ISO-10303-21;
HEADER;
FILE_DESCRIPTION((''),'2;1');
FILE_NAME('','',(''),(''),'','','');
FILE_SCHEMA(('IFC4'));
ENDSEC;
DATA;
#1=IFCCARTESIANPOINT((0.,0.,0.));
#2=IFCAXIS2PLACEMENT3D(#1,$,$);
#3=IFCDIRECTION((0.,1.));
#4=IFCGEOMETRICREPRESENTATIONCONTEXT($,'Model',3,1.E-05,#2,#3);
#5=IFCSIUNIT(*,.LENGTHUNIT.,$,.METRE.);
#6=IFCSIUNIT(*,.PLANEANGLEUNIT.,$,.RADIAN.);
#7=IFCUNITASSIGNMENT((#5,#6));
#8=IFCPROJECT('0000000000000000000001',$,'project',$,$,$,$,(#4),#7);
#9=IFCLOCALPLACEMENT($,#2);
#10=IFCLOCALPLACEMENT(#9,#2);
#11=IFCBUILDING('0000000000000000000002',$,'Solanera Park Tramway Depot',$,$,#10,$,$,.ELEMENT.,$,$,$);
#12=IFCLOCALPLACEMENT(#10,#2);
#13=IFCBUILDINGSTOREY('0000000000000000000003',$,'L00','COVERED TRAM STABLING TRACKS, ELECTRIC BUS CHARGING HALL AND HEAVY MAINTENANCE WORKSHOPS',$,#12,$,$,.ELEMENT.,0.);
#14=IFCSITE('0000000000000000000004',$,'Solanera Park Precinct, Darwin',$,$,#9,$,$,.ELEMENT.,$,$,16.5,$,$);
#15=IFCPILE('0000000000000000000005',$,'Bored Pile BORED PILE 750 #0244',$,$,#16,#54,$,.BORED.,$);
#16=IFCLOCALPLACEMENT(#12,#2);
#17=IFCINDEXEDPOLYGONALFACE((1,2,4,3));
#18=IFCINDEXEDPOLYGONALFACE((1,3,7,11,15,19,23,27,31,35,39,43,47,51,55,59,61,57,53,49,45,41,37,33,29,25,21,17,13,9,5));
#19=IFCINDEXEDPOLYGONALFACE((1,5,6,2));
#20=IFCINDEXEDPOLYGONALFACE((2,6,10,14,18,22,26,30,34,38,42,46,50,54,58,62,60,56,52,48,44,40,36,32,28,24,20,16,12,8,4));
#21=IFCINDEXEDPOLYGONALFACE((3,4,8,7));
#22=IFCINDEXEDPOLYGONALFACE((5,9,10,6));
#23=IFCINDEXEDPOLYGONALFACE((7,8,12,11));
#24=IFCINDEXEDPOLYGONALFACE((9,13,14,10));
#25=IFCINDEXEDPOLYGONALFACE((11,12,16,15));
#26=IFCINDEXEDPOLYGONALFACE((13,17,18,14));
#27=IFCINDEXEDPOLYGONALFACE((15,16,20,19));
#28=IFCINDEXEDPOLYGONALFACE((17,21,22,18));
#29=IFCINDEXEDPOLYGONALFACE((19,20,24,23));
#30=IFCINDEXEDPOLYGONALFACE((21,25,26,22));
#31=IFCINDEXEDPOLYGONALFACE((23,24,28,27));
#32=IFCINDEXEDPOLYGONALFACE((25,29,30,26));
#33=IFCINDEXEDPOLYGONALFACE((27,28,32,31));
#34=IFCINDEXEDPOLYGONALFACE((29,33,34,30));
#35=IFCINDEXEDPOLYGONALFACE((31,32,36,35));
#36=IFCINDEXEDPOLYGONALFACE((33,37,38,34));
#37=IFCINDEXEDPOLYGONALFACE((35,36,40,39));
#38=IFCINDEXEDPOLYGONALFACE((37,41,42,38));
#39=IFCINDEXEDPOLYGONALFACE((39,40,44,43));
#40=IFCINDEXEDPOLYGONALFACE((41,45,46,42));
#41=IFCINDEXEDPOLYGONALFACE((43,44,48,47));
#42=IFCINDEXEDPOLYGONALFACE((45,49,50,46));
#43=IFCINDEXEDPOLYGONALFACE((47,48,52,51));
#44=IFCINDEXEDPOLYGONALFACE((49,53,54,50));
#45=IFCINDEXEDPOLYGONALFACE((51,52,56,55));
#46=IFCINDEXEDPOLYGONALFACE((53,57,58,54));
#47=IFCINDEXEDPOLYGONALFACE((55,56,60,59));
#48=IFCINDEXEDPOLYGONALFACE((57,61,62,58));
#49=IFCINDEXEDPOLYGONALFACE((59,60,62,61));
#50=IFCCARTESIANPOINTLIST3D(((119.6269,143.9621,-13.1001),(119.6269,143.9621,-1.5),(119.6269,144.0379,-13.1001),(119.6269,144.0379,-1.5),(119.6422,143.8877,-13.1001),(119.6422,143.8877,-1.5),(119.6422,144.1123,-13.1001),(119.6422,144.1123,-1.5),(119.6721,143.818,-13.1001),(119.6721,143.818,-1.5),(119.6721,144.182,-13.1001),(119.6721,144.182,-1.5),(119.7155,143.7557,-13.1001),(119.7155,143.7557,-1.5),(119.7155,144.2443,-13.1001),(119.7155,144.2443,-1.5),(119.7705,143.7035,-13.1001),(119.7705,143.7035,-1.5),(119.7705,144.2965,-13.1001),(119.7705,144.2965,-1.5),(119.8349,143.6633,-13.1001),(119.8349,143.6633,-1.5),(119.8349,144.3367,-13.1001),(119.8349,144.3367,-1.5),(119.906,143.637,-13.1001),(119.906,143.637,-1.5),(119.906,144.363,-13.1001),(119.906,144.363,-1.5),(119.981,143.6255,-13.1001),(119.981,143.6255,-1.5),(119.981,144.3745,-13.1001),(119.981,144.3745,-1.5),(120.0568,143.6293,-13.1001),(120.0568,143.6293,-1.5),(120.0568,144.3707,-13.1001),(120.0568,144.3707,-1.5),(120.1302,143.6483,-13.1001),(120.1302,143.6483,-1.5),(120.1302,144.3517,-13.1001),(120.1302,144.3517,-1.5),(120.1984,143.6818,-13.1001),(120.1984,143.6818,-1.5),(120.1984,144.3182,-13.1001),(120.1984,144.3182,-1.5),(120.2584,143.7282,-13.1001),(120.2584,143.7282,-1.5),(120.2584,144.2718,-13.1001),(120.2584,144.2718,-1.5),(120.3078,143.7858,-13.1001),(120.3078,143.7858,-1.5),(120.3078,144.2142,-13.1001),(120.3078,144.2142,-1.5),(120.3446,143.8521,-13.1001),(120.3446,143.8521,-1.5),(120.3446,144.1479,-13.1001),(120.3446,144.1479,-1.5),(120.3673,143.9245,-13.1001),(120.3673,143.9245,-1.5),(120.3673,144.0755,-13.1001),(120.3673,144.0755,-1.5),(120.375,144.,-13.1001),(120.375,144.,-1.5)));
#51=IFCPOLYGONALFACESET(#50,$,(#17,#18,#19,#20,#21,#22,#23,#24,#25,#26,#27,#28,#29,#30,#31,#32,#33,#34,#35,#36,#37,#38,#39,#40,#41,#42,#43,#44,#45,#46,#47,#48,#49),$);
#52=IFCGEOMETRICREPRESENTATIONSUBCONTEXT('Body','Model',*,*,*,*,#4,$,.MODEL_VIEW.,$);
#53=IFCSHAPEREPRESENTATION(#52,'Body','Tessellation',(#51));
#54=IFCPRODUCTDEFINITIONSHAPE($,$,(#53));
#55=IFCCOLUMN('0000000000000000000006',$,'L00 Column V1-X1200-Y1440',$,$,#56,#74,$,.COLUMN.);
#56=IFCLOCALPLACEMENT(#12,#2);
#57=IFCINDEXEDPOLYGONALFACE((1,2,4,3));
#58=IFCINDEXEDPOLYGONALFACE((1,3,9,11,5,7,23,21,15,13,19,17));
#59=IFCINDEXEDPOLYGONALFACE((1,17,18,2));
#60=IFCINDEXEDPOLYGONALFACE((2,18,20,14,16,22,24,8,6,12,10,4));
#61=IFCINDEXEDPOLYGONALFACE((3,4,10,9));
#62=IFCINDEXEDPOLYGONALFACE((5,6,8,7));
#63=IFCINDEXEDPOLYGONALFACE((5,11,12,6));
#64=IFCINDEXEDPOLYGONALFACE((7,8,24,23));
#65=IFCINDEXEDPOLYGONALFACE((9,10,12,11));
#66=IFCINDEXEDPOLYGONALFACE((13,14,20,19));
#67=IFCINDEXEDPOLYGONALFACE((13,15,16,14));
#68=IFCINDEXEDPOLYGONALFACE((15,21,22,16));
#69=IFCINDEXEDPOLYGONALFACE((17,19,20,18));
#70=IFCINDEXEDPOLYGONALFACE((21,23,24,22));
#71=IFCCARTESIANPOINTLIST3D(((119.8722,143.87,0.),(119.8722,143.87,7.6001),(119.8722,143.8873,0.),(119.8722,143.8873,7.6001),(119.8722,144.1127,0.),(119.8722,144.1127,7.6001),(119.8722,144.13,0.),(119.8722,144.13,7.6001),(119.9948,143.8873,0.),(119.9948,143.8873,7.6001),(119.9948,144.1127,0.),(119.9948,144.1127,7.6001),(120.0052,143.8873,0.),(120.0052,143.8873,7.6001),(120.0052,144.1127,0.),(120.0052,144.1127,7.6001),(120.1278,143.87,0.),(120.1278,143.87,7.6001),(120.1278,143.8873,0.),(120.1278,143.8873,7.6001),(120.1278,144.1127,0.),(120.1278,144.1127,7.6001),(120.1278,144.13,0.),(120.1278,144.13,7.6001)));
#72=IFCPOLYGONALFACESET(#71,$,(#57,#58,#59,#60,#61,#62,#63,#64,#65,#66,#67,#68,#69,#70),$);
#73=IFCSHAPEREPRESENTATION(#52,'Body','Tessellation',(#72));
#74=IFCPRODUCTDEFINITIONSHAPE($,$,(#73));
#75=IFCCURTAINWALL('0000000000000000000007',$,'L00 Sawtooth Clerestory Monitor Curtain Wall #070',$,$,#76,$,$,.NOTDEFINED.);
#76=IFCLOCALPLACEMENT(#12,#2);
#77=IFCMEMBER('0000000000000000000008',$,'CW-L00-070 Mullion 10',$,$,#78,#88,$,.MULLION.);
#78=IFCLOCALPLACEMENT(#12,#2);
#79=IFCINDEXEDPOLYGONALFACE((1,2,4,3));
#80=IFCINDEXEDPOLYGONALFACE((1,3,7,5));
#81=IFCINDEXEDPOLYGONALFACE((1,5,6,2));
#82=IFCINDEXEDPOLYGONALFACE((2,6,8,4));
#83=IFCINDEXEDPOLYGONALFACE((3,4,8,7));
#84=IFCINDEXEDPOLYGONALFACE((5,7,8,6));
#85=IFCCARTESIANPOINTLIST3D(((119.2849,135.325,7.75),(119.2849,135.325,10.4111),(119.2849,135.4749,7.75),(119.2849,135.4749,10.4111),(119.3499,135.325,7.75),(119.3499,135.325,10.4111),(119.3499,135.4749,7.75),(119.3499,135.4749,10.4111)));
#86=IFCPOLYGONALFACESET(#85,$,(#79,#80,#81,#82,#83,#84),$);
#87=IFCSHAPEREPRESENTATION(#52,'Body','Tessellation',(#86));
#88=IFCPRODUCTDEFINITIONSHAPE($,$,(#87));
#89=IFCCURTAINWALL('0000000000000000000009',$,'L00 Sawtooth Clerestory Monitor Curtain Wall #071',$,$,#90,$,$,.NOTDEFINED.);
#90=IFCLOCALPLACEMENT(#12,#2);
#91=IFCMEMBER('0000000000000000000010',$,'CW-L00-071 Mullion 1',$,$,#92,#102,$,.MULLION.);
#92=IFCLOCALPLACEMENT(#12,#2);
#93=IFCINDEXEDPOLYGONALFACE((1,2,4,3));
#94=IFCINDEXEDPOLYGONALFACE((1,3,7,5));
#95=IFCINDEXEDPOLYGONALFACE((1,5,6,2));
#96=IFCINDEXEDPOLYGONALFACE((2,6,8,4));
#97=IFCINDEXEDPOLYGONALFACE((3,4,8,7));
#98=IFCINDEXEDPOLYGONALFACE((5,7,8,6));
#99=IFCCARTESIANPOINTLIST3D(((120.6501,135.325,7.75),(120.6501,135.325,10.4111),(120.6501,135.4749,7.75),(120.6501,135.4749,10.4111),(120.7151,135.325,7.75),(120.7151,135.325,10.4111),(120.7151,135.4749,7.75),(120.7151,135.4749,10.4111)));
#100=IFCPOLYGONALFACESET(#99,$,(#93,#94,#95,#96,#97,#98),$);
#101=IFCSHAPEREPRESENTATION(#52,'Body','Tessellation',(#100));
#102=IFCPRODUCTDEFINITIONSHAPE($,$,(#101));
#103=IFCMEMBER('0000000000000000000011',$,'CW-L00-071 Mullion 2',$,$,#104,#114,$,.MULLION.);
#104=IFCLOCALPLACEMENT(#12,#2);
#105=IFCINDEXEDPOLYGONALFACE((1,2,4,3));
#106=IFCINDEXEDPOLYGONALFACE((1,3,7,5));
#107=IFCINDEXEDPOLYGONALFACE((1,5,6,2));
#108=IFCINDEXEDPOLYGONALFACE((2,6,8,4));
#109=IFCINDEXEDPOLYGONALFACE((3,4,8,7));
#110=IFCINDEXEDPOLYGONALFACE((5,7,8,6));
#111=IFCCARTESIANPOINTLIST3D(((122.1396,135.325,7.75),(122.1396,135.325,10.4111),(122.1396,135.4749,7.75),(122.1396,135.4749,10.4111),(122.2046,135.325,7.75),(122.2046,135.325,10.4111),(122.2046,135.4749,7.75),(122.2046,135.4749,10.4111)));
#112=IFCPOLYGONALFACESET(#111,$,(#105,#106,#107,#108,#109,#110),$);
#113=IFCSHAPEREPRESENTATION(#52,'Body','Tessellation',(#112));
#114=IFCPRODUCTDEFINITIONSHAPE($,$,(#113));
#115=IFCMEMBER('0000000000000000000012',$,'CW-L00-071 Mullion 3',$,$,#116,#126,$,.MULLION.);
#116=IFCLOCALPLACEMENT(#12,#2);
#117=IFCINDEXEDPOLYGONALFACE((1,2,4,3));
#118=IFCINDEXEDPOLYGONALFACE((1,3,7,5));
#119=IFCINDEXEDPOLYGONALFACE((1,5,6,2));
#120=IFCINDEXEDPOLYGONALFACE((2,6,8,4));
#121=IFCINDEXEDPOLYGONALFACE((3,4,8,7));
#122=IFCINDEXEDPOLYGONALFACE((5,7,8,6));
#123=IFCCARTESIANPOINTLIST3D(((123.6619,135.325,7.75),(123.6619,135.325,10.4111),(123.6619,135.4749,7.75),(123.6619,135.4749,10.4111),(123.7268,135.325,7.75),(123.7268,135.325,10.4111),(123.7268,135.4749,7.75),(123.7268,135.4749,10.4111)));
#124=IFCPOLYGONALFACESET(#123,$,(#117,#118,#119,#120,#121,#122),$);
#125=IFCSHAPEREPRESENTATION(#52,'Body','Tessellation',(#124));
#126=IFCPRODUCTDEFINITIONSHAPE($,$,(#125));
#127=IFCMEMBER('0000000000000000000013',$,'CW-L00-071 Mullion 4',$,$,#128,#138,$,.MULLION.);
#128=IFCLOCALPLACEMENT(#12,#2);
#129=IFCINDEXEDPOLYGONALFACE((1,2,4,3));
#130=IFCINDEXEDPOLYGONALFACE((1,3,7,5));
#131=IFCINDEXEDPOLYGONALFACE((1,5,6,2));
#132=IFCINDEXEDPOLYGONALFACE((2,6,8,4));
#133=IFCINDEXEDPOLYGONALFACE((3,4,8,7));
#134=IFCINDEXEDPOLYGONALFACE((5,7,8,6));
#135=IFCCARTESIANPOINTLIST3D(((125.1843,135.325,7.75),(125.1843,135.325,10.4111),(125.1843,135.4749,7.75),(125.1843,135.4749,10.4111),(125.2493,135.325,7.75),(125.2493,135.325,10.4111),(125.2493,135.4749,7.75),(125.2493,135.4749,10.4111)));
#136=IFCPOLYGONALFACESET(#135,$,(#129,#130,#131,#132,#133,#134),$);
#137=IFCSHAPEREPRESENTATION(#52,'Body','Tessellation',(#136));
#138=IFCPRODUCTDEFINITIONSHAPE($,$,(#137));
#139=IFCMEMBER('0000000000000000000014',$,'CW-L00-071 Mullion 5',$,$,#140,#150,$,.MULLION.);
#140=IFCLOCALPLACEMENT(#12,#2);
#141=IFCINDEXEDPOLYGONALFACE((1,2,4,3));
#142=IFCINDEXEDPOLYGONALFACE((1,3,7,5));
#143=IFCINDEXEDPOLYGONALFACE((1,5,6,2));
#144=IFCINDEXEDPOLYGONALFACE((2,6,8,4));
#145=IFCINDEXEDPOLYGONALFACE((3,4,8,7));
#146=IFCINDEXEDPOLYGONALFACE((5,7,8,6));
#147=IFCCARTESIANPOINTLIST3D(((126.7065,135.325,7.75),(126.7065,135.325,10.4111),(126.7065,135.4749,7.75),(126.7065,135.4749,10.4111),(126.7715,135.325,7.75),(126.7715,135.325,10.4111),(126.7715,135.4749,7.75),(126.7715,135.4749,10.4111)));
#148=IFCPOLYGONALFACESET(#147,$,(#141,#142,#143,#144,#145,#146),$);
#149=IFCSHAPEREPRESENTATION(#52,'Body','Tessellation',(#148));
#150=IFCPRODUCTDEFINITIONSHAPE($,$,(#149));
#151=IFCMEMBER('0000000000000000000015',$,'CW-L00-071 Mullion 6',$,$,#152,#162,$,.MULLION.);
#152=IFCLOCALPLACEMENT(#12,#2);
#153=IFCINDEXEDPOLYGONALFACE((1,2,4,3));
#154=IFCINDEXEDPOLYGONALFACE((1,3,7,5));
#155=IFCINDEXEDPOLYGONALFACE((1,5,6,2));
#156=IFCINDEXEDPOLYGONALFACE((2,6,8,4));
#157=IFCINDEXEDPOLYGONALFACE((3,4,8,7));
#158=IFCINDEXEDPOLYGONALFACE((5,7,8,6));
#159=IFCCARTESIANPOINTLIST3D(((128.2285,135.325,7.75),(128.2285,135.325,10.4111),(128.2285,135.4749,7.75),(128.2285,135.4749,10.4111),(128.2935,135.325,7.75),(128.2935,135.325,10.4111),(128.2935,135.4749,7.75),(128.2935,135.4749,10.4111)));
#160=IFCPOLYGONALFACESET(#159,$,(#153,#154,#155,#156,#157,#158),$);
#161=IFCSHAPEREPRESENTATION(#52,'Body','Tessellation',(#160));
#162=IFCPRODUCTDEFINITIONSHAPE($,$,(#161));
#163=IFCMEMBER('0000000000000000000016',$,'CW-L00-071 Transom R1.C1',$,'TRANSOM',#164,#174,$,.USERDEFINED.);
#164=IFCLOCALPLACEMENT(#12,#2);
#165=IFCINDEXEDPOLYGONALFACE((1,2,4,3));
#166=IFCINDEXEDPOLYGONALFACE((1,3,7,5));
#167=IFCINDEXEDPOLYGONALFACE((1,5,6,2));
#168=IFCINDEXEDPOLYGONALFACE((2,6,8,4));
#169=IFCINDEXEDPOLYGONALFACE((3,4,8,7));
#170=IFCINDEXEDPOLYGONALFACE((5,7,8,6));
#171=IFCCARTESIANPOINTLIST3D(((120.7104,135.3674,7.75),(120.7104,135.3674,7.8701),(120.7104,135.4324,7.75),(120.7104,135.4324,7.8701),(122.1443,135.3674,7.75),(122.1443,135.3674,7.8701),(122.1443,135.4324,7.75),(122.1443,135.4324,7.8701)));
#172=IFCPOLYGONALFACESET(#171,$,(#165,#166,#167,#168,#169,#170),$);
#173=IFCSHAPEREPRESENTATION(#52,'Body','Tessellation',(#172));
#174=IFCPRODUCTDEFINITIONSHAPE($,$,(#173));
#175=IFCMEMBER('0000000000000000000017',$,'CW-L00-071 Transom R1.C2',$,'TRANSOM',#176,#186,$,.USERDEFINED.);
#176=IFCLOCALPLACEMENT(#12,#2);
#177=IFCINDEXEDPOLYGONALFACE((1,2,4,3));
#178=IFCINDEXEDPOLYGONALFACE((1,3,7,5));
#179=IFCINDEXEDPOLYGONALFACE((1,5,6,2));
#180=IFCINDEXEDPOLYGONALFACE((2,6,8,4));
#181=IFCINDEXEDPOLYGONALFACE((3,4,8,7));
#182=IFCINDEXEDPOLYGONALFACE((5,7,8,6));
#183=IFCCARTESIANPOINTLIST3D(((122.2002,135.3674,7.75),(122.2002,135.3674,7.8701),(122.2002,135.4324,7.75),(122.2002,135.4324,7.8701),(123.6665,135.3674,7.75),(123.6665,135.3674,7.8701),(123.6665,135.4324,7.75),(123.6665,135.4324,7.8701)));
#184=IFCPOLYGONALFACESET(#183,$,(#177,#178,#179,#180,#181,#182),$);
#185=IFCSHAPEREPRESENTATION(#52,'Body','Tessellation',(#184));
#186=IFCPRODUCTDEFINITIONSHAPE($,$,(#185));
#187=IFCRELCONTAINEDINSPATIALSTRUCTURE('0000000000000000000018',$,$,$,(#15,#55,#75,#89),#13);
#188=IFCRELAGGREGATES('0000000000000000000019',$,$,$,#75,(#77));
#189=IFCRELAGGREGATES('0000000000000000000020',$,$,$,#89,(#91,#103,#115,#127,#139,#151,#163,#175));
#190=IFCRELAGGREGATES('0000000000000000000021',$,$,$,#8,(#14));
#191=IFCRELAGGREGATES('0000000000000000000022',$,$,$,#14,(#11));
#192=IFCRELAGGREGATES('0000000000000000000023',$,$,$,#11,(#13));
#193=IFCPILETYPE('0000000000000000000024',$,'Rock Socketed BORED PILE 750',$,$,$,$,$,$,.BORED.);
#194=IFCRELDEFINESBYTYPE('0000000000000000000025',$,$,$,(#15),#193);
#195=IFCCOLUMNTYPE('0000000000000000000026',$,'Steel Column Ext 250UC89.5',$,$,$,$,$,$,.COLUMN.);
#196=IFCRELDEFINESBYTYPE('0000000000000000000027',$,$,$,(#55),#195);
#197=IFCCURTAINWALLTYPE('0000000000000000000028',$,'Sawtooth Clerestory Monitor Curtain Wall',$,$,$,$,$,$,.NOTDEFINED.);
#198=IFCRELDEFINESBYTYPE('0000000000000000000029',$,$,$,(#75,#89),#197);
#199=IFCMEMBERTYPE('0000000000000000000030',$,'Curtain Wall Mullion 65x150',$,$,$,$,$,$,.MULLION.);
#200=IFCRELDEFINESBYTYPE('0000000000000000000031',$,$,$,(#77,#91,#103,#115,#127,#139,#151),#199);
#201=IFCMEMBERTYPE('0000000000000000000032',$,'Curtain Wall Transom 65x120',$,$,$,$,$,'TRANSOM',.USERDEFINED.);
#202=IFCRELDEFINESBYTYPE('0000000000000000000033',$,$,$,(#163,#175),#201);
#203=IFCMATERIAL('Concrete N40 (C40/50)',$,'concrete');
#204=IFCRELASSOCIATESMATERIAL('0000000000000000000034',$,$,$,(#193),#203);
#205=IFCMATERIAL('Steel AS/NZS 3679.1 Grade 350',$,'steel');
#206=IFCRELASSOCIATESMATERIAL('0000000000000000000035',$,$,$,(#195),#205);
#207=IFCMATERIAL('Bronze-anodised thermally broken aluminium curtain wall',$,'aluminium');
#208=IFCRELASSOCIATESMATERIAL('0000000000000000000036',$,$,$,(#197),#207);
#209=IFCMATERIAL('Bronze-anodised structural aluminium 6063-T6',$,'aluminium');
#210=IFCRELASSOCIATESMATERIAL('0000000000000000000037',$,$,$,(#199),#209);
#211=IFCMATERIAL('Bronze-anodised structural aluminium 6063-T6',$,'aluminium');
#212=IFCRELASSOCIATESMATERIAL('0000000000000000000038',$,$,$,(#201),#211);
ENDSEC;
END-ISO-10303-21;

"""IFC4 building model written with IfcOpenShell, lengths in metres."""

from ifc_helpers import new_model, si_unit, direction, frame, origin, origin_2d, place, context, subcontext, project, spatial, rectangle, circle, i_section, extrude, material, material_profile, profile_set, type_object, element, aggregate, save


model = new_model("IFC4")

# Units and contexts
model_context = context("Model", 3, precision=1e-05, world=origin(), true_north=direction((0.0, 1.0)))
body_context = subcontext(model_context, "Body", "Model", "MODEL_VIEW")
ifc_project = project(units=[si_unit("LENGTHUNIT", "METRE"), si_unit("PLANEANGLEUNIT", "RADIAN")], contexts=[model_context])

# Site, building, storey
site_placement = place(None, origin())
site = spatial("IfcSite", under=ifc_project, at=site_placement, Name="Solanera Park Precinct, Darwin", CompositionType="ELEMENT", RefElevation=16.5)
building_placement = place(site_placement, origin())
building = spatial("IfcBuilding", under=site, at=building_placement, Name="Solanera Park Tramway Depot", CompositionType="ELEMENT")
storey_placement = place(building_placement, origin())
storey = spatial("IfcBuildingStorey", under=building, at=storey_placement, Name="L00", Description="COVERED TRAM STABLING TRACKS, ELECTRIC BUS CHARGING HALL AND HEAVY MAINTENANCE WORKSHOPS", CompositionType="ELEMENT", Elevation=0.0)

# Pile
ifc_material_1 = material(Name="Concrete N40 (C40/50)", Category="concrete")
ifc_material_profile_1 = material_profile(ifc_material_1, circle(Radius=0.375, at=origin_2d()), Name="BORED PILE 750")
ifc_profile_set_1 = profile_set([ifc_material_profile_1], Name="Concrete N40 (C40/50)")
pile_type = type_object("IfcPileType", Name="Rock Socketed BORED PILE 750", PredefinedType="BORED", material=ifc_profile_set_1)
pile_placement = place(storey_placement, frame((120.0, 144.0, -1.5), z_axis=(0.0, 0.0, -1.0), x_axis=(1.0, 0.0, 0.0)))
element("IfcPile", 1, at=pile_placement, inside=storey, type_object=pile_type, Name="Bored Pile BORED PILE 750 #0244", PredefinedType="BORED", context=body_context, shape_type="SweptSolid", body=[
    extrude(circle(Radius=0.375, at=origin_2d()), origin(), (0.0, 0.0, 1.0), 11.6001),
])

# Column
ifc_material_2 = material(Name="Steel AS/NZS 3679.1 Grade 350", Category="steel")
ifc_material_profile_2 = material_profile(ifc_material_2, i_section(OverallWidth=0.2556, OverallDepth=0.26, WebThickness=0.0105, FlangeThickness=0.0173, at=origin_2d()), Name="250UC89.5")
ifc_profile_set_2 = profile_set([ifc_material_profile_2], Name="Steel AS/NZS 3679.1 Grade 350")
column_type = type_object("IfcColumnType", Name="Steel Column Ext 250UC89.5", PredefinedType="COLUMN", material=ifc_profile_set_2)
column_placement = place(storey_placement, frame((120.0, 144.0, 0.0), z_axis=(0.0, 0.0, 1.0), x_axis=(1.0, 0.0, 0.0)))
element("IfcColumn", 2, at=column_placement, inside=storey, type_object=column_type, Name="L00 Column V1-X1200-Y1440", PredefinedType="COLUMN", context=body_context, shape_type="SweptSolid", body=[
    extrude(i_section(OverallWidth=0.2556, OverallDepth=0.26, WebThickness=0.0105, FlangeThickness=0.0173, at=origin_2d()), origin(), (0.0, 0.0, 1.0), 7.6001),
])

# Curtain wall, member
ifc_material_3 = material(Name="Bronze-anodised thermally broken aluminium curtain wall", Category="aluminium")
curtain_wall_type = type_object("IfcCurtainWallType", Name="Sawtooth Clerestory Monitor Curtain Wall", PredefinedType="NOTDEFINED", material=ifc_material_3)
curtain_wall_1_placement = place(storey_placement, origin())
curtain_wall_1 = element("IfcCurtainWall", 3, at=curtain_wall_1_placement, inside=storey, type_object=curtain_wall_type, Name="L00 Sawtooth Clerestory Monitor Curtain Wall #070", PredefinedType="NOTDEFINED")
ifc_material_4 = material(Name="Bronze-anodised structural aluminium 6063-T6", Category="aluminium")
ifc_material_profile_3 = material_profile(ifc_material_4, rectangle(XDim=0.0649, YDim=0.1499, at=origin_2d()), Name="Curtain Wall Mullion 65x150")
ifc_profile_set_3 = profile_set([ifc_material_profile_3], Name="Bronze-anodised structural aluminium 6063-T6")
member_type_1 = type_object("IfcMemberType", Name="Curtain Wall Mullion 65x150", PredefinedType="MULLION", material=ifc_profile_set_3)
member_1_placement = place(storey_placement, frame((119.3174, 135.3999, 7.75), z_axis=(0.0, 0.0, 1.0), x_axis=(1.0, 0.0, 0.0)))
member_1 = element("IfcMember", 4, at=member_1_placement, type_object=member_type_1, Name="CW-L00-070 Mullion 10", PredefinedType="MULLION", context=body_context, shape_type="SweptSolid", body=[
    extrude(rectangle(XDim=0.0649, YDim=0.1499, at=origin_2d()), origin(), (0.0, 0.0, 1.0), 2.6611),
])

# Curtain wall, members
curtain_wall_2_placement = place(storey_placement, origin())
curtain_wall_2 = element("IfcCurtainWall", 5, at=curtain_wall_2_placement, inside=storey, type_object=curtain_wall_type, Name="L00 Sawtooth Clerestory Monitor Curtain Wall #071", PredefinedType="NOTDEFINED")
member_2_placement = place(storey_placement, frame((120.6826, 135.3999, 7.75), z_axis=(0.0, 0.0, 1.0), x_axis=(1.0, 0.0, 0.0)))
member_2 = element("IfcMember", 6, at=member_2_placement, type_object=member_type_1, Name="CW-L00-071 Mullion 1", PredefinedType="MULLION", context=body_context, shape_type="SweptSolid", body=[
    extrude(rectangle(XDim=0.0649, YDim=0.1499, at=origin_2d()), origin(), (0.0, 0.0, 1.0), 2.6611),
])
member_3_placement = place(storey_placement, frame((122.1721, 135.3999, 7.75), z_axis=(0.0, 0.0, 1.0), x_axis=(1.0, 0.0, 0.0)))
member_3 = element("IfcMember", 7, at=member_3_placement, type_object=member_type_1, Name="CW-L00-071 Mullion 2", PredefinedType="MULLION", context=body_context, shape_type="SweptSolid", body=[
    extrude(rectangle(XDim=0.0649, YDim=0.1499, at=origin_2d()), origin(), (0.0, 0.0, 1.0), 2.6611),
])
member_4_placement = place(storey_placement, frame((123.6943, 135.3999, 7.75), z_axis=(0.0, 0.0, 1.0), x_axis=(1.0, 0.0, 0.0)))
member_4 = element("IfcMember", 8, at=member_4_placement, type_object=member_type_1, Name="CW-L00-071 Mullion 3", PredefinedType="MULLION", context=body_context, shape_type="SweptSolid", body=[
    extrude(rectangle(XDim=0.0649, YDim=0.1499, at=origin_2d()), origin(), (0.0, 0.0, 1.0), 2.6611),
])
member_5_placement = place(storey_placement, frame((125.2168, 135.3999, 7.75), z_axis=(0.0, 0.0, 1.0), x_axis=(1.0, 0.0, 0.0)))
member_5 = element("IfcMember", 9, at=member_5_placement, type_object=member_type_1, Name="CW-L00-071 Mullion 4", PredefinedType="MULLION", context=body_context, shape_type="SweptSolid", body=[
    extrude(rectangle(XDim=0.0649, YDim=0.1499, at=origin_2d()), origin(), (0.0, 0.0, 1.0), 2.6611),
])
member_6_placement = place(storey_placement, frame((126.739, 135.3999, 7.75), z_axis=(0.0, 0.0, 1.0), x_axis=(1.0, 0.0, 0.0)))
member_6 = element("IfcMember", 10, at=member_6_placement, type_object=member_type_1, Name="CW-L00-071 Mullion 5", PredefinedType="MULLION", context=body_context, shape_type="SweptSolid", body=[
    extrude(rectangle(XDim=0.0649, YDim=0.1499, at=origin_2d()), origin(), (0.0, 0.0, 1.0), 2.6611),
])
member_7_placement = place(storey_placement, frame((128.261, 135.3999, 7.75), z_axis=(0.0, 0.0, 1.0), x_axis=(1.0, 0.0, 0.0)))
member_7 = element("IfcMember", 11, at=member_7_placement, type_object=member_type_1, Name="CW-L00-071 Mullion 6", PredefinedType="MULLION", context=body_context, shape_type="SweptSolid", body=[
    extrude(rectangle(XDim=0.0649, YDim=0.1499, at=origin_2d()), origin(), (0.0, 0.0, 1.0), 2.6611),
])
ifc_material_5 = material(Name="Bronze-anodised structural aluminium 6063-T6", Category="aluminium")
ifc_material_profile_4 = material_profile(ifc_material_5, rectangle(XDim=0.0649, YDim=0.1201, at=origin_2d()), Name="Curtain Wall Transom 65x120")
ifc_profile_set_4 = profile_set([ifc_material_profile_4], Name="Bronze-anodised structural aluminium 6063-T6")
member_type_2 = type_object("IfcMemberType", Name="Curtain Wall Transom 65x120", ElementType="TRANSOM", PredefinedType="USERDEFINED", material=ifc_profile_set_4)
member_8_placement = place(storey_placement, frame((120.7104, 135.3999, 7.8101), z_axis=(1.0, 0.0, 0.0), x_axis=(0.0, 1.0, 0.0)))
member_8 = element("IfcMember", 12, at=member_8_placement, type_object=member_type_2, Name="CW-L00-071 Transom R1.C1", ObjectType="TRANSOM", PredefinedType="USERDEFINED", context=body_context, shape_type="SweptSolid", body=[
    extrude(rectangle(XDim=0.0649, YDim=0.1201, at=origin_2d()), origin(), (0.0, 0.0, 1.0), 1.4338),
])
member_9_placement = place(storey_placement, frame((122.2002, 135.3999, 7.8101), z_axis=(1.0, 0.0, 0.0), x_axis=(0.0, 1.0, 0.0)))
member_9 = element("IfcMember", 13, at=member_9_placement, type_object=member_type_2, Name="CW-L00-071 Transom R1.C2", ObjectType="TRANSOM", PredefinedType="USERDEFINED", context=body_context, shape_type="SweptSolid", body=[
    extrude(rectangle(XDim=0.0649, YDim=0.1201, at=origin_2d()), origin(), (0.0, 0.0, 1.0), 1.4663),
])

aggregate(curtain_wall_1, [member_1])
aggregate(curtain_wall_2, [member_2, member_3, member_4, member_5, member_6, member_7, member_8, member_9])

save(model, "model.ifc")
